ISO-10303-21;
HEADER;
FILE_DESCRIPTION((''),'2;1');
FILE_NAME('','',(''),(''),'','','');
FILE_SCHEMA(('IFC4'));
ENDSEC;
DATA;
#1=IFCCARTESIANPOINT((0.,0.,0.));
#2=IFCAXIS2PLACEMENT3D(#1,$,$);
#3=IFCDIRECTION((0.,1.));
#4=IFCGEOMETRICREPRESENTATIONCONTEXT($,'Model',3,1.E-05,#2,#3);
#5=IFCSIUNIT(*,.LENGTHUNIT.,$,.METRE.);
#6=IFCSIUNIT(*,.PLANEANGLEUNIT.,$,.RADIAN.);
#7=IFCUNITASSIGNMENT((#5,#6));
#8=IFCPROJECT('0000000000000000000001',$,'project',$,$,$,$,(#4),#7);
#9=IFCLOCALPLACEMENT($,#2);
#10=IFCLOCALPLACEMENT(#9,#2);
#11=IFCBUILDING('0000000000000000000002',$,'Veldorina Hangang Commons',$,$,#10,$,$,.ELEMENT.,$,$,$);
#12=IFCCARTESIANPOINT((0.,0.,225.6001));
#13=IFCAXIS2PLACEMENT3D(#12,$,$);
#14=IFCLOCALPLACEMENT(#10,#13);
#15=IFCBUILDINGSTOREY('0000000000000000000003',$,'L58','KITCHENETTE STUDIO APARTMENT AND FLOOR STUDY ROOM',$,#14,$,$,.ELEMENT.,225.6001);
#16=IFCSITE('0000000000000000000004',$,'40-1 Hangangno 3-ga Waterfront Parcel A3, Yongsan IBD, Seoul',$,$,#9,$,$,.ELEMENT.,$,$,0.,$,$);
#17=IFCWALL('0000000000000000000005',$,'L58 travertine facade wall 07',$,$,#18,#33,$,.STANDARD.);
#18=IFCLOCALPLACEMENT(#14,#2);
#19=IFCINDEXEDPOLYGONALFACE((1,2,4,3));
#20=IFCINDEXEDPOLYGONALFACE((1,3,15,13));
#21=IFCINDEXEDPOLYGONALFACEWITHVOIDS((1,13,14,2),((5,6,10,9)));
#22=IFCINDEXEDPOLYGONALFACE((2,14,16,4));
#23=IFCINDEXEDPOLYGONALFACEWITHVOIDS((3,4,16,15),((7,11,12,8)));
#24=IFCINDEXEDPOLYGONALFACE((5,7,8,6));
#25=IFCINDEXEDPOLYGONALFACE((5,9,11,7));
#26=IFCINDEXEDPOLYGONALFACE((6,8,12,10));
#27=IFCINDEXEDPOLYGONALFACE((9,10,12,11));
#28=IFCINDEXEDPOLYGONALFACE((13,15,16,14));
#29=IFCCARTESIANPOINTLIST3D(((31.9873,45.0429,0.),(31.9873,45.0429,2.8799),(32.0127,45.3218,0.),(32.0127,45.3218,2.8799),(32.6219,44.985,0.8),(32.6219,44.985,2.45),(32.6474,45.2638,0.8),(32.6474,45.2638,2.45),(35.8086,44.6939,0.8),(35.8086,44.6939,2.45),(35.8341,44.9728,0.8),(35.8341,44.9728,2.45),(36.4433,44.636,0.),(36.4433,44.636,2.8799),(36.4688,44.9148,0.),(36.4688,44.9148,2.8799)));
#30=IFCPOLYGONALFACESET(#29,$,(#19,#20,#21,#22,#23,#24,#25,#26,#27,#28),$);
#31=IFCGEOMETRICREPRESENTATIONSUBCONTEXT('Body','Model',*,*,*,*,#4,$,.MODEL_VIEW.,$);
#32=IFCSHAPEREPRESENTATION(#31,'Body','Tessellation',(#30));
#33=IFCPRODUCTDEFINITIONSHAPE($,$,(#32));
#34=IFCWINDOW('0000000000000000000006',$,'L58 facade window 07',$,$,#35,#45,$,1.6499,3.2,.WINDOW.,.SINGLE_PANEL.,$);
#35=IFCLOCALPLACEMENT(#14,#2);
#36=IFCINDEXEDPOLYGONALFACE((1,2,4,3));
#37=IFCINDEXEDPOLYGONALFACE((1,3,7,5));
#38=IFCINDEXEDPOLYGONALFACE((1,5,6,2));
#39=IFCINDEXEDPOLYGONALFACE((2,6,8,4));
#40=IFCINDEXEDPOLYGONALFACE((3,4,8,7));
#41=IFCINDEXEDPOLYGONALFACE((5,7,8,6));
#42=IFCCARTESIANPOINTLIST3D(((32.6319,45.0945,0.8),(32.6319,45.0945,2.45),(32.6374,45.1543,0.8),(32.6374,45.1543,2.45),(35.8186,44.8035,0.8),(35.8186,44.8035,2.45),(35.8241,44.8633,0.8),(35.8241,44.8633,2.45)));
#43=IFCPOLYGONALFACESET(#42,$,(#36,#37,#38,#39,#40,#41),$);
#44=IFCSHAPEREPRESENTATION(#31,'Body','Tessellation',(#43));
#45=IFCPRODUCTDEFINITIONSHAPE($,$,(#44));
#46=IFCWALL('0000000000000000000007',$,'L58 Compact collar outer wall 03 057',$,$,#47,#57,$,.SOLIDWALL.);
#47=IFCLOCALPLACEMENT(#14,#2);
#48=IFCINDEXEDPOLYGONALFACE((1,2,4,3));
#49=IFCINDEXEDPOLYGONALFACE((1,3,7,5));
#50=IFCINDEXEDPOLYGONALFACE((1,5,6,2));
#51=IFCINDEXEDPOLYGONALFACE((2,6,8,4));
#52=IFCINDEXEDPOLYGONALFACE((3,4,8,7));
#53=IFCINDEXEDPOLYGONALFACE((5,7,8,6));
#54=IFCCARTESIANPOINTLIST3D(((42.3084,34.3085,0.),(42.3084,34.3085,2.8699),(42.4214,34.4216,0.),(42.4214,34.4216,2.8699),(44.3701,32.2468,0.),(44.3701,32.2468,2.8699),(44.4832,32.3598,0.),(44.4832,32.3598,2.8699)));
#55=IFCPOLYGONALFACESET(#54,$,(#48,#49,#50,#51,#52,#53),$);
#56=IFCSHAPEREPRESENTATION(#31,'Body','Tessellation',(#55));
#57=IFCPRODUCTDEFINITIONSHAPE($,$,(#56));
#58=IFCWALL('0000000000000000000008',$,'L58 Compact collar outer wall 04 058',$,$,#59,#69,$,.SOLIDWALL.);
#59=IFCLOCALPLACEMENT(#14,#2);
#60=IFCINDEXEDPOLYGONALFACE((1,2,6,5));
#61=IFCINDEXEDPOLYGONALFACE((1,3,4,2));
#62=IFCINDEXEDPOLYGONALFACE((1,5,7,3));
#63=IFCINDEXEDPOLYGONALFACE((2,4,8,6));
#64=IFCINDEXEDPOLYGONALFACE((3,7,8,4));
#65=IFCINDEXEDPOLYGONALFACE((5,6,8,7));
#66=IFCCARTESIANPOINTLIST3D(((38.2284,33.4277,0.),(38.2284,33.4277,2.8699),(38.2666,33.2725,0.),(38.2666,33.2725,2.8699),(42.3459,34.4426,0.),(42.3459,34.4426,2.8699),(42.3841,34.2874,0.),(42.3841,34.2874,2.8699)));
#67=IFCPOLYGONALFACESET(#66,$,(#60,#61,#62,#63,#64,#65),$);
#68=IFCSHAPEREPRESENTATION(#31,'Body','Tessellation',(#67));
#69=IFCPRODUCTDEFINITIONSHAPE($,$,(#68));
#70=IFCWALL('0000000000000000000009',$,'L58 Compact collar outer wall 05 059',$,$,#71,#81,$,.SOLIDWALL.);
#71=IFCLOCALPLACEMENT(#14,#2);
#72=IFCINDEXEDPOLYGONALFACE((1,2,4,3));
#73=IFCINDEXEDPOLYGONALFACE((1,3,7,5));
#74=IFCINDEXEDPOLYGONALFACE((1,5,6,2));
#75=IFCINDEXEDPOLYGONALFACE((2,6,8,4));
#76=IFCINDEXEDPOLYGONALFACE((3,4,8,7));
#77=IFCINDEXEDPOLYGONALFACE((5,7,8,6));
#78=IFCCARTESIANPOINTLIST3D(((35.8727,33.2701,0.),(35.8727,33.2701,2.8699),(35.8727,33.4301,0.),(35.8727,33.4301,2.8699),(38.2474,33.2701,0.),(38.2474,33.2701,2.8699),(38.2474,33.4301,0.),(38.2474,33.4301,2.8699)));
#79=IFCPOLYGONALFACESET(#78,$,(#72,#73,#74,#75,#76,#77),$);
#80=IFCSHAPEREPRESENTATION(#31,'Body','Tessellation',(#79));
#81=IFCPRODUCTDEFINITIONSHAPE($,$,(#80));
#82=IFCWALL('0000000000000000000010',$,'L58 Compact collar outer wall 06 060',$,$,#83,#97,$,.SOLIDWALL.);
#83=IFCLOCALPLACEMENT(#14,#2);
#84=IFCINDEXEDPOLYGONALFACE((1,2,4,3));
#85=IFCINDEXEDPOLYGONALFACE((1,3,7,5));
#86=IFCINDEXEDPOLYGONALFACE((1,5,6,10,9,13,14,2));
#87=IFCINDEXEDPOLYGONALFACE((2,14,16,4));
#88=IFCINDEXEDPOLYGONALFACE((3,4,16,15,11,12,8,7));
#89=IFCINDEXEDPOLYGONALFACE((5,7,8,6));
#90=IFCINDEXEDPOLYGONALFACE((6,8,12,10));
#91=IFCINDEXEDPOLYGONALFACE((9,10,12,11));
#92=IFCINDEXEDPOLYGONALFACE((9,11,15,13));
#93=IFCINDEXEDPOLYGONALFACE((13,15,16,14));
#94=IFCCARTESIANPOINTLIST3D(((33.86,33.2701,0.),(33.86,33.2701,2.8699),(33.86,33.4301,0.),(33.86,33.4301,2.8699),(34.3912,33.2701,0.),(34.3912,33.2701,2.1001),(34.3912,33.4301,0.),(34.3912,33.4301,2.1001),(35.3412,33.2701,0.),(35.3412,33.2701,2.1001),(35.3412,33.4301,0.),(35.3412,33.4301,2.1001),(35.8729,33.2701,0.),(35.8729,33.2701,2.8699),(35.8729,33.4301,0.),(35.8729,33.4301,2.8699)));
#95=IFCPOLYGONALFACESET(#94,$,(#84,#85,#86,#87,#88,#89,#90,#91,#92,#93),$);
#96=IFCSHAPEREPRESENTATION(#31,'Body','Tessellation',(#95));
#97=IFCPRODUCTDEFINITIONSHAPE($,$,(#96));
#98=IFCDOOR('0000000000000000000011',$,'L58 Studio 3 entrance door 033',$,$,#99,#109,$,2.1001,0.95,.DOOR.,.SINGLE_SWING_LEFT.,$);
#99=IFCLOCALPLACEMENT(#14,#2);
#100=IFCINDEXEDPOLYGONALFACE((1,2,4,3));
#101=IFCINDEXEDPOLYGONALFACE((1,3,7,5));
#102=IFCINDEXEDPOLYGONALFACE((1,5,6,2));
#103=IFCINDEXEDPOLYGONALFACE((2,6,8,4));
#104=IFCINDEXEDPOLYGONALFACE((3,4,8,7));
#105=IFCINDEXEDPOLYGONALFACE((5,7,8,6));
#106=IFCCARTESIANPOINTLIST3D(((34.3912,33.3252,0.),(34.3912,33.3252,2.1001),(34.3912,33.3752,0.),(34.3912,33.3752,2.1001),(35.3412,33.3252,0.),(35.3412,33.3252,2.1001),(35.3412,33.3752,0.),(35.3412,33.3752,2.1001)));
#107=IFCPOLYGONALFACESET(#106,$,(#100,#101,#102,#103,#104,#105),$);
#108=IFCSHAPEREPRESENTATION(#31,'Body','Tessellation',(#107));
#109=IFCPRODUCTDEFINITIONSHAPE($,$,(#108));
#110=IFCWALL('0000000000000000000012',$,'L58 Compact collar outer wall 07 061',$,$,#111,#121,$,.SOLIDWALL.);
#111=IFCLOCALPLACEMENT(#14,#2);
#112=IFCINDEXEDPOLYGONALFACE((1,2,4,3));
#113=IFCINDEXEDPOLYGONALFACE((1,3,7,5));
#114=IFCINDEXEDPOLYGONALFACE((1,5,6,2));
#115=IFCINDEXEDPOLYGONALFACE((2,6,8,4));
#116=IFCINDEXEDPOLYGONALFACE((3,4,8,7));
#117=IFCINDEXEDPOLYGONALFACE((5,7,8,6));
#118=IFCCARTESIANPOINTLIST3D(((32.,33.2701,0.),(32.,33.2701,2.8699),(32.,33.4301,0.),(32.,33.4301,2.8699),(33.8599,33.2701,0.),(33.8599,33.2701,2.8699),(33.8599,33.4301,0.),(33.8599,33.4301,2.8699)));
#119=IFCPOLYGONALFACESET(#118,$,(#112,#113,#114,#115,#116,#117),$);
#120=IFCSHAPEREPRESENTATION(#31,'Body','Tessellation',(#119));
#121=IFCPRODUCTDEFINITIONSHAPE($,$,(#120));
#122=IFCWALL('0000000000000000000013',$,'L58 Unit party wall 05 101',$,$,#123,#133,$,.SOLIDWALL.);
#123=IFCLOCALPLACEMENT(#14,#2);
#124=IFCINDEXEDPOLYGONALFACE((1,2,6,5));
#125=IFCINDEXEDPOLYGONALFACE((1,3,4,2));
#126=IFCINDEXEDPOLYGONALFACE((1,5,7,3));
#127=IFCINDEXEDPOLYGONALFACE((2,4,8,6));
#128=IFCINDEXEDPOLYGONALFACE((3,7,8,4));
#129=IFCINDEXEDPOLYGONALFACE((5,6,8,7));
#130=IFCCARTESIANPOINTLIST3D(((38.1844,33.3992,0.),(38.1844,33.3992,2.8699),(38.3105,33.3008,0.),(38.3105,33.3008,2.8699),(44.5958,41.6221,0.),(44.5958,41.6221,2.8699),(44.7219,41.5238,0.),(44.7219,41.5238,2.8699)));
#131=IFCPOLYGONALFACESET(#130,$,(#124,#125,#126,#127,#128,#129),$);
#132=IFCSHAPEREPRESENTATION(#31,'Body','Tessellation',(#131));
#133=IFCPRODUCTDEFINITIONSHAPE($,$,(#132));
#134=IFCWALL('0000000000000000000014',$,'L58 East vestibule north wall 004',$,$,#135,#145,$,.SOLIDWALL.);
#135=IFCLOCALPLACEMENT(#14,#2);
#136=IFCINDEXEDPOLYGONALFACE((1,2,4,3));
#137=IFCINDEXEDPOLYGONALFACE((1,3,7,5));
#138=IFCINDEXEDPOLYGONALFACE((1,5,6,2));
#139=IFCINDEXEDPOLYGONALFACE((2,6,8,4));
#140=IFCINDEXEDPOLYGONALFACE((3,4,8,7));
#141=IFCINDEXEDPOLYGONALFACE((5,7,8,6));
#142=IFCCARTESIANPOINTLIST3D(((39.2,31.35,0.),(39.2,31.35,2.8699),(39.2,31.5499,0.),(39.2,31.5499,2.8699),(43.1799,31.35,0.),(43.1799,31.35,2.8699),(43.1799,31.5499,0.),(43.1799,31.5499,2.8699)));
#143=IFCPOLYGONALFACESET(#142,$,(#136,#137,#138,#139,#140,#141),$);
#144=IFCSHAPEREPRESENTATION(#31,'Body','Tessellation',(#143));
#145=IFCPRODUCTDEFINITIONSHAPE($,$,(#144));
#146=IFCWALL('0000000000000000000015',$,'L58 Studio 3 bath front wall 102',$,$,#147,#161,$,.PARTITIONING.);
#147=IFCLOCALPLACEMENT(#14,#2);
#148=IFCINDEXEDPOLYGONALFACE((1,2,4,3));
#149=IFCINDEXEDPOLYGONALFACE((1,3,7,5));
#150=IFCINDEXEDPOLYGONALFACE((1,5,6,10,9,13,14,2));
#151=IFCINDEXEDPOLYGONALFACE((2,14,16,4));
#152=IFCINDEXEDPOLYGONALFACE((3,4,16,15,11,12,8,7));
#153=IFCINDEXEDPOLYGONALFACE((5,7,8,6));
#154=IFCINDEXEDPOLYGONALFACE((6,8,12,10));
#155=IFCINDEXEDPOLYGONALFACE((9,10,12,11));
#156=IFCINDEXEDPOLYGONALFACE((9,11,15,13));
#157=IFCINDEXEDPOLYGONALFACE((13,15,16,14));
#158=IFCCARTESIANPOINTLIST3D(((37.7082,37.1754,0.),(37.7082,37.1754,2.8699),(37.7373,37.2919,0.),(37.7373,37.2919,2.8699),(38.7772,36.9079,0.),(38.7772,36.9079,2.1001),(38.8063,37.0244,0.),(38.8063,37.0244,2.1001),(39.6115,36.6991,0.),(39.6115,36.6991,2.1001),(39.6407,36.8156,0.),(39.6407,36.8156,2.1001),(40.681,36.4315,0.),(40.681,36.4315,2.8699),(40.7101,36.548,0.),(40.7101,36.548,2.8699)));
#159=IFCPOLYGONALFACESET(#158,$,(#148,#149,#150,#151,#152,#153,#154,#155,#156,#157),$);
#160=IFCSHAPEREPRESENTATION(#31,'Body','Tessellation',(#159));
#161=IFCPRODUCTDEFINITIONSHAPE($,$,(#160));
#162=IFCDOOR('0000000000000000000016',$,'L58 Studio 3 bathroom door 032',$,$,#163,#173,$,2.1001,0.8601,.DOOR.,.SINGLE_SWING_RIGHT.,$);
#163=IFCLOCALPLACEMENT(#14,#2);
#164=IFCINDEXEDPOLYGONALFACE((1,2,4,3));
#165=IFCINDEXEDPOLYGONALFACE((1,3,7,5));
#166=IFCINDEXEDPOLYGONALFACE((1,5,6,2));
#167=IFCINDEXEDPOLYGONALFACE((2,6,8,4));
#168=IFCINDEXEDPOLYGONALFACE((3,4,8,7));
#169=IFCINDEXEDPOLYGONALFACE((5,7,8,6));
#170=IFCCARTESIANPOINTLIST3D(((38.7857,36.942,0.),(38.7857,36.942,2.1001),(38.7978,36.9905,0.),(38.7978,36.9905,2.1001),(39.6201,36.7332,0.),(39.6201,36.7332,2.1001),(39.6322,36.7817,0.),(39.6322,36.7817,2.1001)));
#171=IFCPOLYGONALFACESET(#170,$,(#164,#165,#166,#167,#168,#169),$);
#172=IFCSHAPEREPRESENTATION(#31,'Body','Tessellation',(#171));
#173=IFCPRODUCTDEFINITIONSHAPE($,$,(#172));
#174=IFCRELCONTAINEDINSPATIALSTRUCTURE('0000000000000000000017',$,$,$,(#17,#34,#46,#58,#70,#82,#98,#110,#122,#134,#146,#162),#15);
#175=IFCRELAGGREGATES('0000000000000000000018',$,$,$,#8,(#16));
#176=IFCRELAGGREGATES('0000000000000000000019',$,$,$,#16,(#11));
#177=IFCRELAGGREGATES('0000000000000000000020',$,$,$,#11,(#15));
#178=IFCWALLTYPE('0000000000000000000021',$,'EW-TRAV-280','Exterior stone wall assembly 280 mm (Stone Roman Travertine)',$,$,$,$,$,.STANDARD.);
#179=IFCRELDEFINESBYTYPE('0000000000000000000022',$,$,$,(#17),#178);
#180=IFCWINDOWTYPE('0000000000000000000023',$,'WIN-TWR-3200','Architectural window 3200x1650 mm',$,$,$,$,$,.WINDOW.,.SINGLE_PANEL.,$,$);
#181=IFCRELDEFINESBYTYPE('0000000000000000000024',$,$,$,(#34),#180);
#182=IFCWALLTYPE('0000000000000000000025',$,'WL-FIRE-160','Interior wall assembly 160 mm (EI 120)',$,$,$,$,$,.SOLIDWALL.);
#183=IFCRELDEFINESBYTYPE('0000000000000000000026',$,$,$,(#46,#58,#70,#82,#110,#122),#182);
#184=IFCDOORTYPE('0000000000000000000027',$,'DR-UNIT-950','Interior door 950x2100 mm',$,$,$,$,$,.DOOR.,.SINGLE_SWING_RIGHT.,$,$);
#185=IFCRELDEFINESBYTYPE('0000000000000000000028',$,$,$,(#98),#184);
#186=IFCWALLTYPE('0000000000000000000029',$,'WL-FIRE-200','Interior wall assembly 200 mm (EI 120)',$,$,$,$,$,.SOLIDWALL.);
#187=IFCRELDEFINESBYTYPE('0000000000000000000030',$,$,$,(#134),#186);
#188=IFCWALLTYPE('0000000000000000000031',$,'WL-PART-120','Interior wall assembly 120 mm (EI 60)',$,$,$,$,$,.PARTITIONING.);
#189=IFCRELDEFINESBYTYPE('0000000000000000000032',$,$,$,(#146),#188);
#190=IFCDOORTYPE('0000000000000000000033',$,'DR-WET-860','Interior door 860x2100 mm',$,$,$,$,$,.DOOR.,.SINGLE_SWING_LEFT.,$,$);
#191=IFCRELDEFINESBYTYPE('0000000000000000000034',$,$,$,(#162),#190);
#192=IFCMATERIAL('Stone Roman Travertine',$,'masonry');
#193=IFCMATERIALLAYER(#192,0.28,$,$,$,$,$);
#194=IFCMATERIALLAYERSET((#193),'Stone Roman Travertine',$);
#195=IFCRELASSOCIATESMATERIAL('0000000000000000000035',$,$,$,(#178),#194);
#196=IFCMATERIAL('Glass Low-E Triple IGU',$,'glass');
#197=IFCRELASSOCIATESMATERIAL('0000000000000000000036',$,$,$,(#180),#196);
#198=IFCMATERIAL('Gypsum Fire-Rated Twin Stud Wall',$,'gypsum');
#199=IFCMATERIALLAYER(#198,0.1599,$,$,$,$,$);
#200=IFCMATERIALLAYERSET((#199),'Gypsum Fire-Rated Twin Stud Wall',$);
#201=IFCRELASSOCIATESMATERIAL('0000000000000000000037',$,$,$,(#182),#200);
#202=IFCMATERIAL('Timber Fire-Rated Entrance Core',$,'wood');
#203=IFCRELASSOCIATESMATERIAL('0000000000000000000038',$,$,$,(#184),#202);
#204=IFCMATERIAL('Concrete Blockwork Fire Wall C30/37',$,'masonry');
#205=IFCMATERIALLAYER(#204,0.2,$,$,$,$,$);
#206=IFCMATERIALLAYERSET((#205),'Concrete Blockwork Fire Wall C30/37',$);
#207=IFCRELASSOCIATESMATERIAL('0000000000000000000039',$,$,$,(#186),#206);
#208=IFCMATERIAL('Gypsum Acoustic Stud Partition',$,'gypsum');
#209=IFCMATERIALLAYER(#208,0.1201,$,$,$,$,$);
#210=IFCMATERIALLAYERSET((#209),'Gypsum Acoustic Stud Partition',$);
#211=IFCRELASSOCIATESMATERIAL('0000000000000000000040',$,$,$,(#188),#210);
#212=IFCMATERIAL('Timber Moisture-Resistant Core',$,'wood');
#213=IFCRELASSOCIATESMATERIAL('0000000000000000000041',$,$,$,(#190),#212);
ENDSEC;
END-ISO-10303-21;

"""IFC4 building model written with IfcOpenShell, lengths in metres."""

from ifc_helpers import new_model, si_unit, direction, frame, frame_2d, origin, place, context, subcontext, project, spatial, rectangle, extrude, material, layer, layer_set, type_object, element, fill, save


model = new_model("IFC4")

# Units and contexts
model_context = context("Model", 3, precision=1e-05, world=origin(), true_north=direction((0.0, 1.0)))
body_context = subcontext(model_context, "Body", "Model", "MODEL_VIEW")
ifc_project = project(units=[si_unit("LENGTHUNIT", "METRE"), si_unit("PLANEANGLEUNIT", "RADIAN")], contexts=[model_context])

# Site, building, storey
site_placement = place(None, origin())
site = spatial("IfcSite", under=ifc_project, at=site_placement, Name="40-1 Hangangno 3-ga Waterfront Parcel A3, Yongsan IBD, Seoul", CompositionType="ELEMENT", RefElevation=0.0)
building_placement = place(site_placement, origin())
building = spatial("IfcBuilding", under=site, at=building_placement, Name="Veldorina Hangang Commons", CompositionType="ELEMENT")
storey_placement = place(building_placement, frame((0.0, 0.0, 225.6001)))
storey = spatial("IfcBuildingStorey", under=building, at=storey_placement, Name="L58", Description="KITCHENETTE STUDIO APARTMENT AND FLOOR STUDY ROOM", CompositionType="ELEMENT", Elevation=225.6001)

# Shared definitions
ifc_material_1 = material(Name="Stone Roman Travertine", Category="masonry")
ifc_layer_1 = layer(ifc_material_1, 0.28)
ifc_layer_set_1 = layer_set([ifc_layer_1], Name="Stone Roman Travertine")
wall_type_1 = type_object("IfcWallType", Name="EW-TRAV-280", Description="Exterior stone wall assembly 280 mm (Stone Roman Travertine)", PredefinedType="STANDARD", material=ifc_layer_set_1)

# Wall, opening, window
wall_1_placement = place(storey_placement, frame((36.4561, 44.7754, 0.0), z_axis=(0.0, 0.0, 1.0), x_axis=(-0.995855, 0.090954, 0.0)))
wall_1 = element("IfcWall", 1, at=wall_1_placement, inside=storey, type_object=wall_type_1, Name="L58 travertine facade wall 07", PredefinedType="STANDARD", context=body_context, shape_type="SweptSolid", body=[
    extrude(rectangle(XDim=4.4746, YDim=0.28, at=frame_2d((2.2373, 0.0))), origin(), (0.0, 0.0, 1.0), 2.8799),
])
opening_1_placement = place(wall_1_placement, frame((0.6372, 0.0, 0.8)))
opening_1 = element("IfcOpeningElement", 2, at=opening_1_placement, cuts=wall_1, PredefinedType="OPENING", context=body_context, shape_type="SweptSolid", body=[
    extrude(rectangle(XDim=3.2, YDim=1.6499, at=frame_2d((1.6001, 0.825))), frame((0.0, 0.1499, 0.0), z_axis=(0.0, -1.0, 0.0), x_axis=(1.0, 0.0, 0.0)), (0.0, 0.0, 1.0), 0.3),
])
ifc_material_2 = material(Name="Glass Low-E Triple IGU", Category="glass")
window_type = type_object("IfcWindowType", Name="WIN-TWR-3200", Description="Architectural window 3200x1650 mm", PartitioningType="SINGLE_PANEL", PredefinedType="WINDOW", material=ifc_material_2)
window_placement = place(opening_1_placement, origin())
window = element("IfcWindow", 3, at=window_placement, inside=storey, type_object=window_type, Name="L58 facade window 07", OverallHeight=1.6499, OverallWidth=3.2, PartitioningType="SINGLE_PANEL", PredefinedType="WINDOW", context=body_context, shape_type="SweptSolid", body=[
    extrude(rectangle(XDim=3.2, YDim=1.6499, at=frame_2d((1.6001, 0.825))), frame((0.0, 0.03, 0.0), z_axis=(0.0, -1.0, 0.0), x_axis=(1.0, 0.0, 0.0)), (0.0, 0.0, 1.0), 0.0601),
])
fill(opening_1, window)

# Walls
ifc_material_3 = material(Name="Gypsum Fire-Rated Twin Stud Wall", Category="gypsum")
ifc_layer_2 = layer(ifc_material_3, 0.1599)
ifc_layer_set_2 = layer_set([ifc_layer_2], Name="Gypsum Fire-Rated Twin Stud Wall")
wall_type_2 = type_object("IfcWallType", Name="WL-FIRE-160", Description="Interior wall assembly 160 mm (EI 120)", PredefinedType="SOLIDWALL", material=ifc_layer_set_2)
wall_2_placement = place(storey_placement, frame((44.4268, 32.3032, 0.0), z_axis=(0.0, 0.0, 1.0), x_axis=(-0.707107, 0.707107, 0.0)))
element("IfcWall", 4, at=wall_2_placement, inside=storey, type_object=wall_type_2, Name="L58 Compact collar outer wall 03 057", PredefinedType="SOLIDWALL", context=body_context, shape_type="SweptSolid", body=[
    extrude(rectangle(XDim=2.9158, YDim=0.1599, at=frame_2d((1.458, 0.0))), origin(), (0.0, 0.0, 1.0), 2.8699),
])
wall_3_placement = place(storey_placement, frame((42.365, 34.365, 0.0), z_axis=(0.0, 0.0, 1.0), x_axis=(-0.97094, -0.239324, 0.0)))
element("IfcWall", 5, at=wall_3_placement, inside=storey, type_object=wall_type_2, Name="L58 Compact collar outer wall 04 058", PredefinedType="SOLIDWALL", context=body_context, shape_type="SweptSolid", body=[
    extrude(rectangle(XDim=4.2407, YDim=0.1599, at=frame_2d((2.1204, 0.0))), origin(), (0.0, 0.0, 1.0), 2.8699),
])
wall_4_placement = place(storey_placement, frame((38.2476, 33.3501, 0.0), z_axis=(0.0, 0.0, 1.0), x_axis=(-1.0, 0.0, 0.0)))
element("IfcWall", 6, at=wall_4_placement, inside=storey, type_object=wall_type_2, Name="L58 Compact collar outer wall 05 059", PredefinedType="SOLIDWALL", context=body_context, shape_type="SweptSolid", body=[
    extrude(rectangle(XDim=2.3748, YDim=0.1599, at=frame_2d((1.1875, 0.0))), origin(), (0.0, 0.0, 1.0), 2.8699),
])

# Wall, opening, door
wall_5_placement = place(storey_placement, frame((35.8728, 33.3501, 0.0), z_axis=(0.0, 0.0, 1.0), x_axis=(-1.0, 0.0, 0.0)))
wall_5 = element("IfcWall", 7, at=wall_5_placement, inside=storey, type_object=wall_type_2, Name="L58 Compact collar outer wall 06 060", PredefinedType="SOLIDWALL", context=body_context, shape_type="SweptSolid", body=[
    extrude(rectangle(XDim=2.0129, YDim=0.1599, at=frame_2d((1.0063, 0.0))), origin(), (0.0, 0.0, 1.0), 2.8699),
])
opening_2_placement = place(wall_5_placement, frame((0.5315, 0.0, 0.0)))
opening_2 = element("IfcOpeningElement", 8, at=opening_2_placement, cuts=wall_5, PredefinedType="OPENING", context=body_context, shape_type="SweptSolid", body=[
    extrude(rectangle(XDim=0.95, YDim=2.1001, at=frame_2d((0.4751, 1.05))), frame((0.0, 0.0898, 0.0), z_axis=(0.0, -1.0, 0.0), x_axis=(1.0, 0.0, 0.0)), (0.0, 0.0, 1.0), 0.1799),
])
ifc_material_4 = material(Name="Timber Fire-Rated Entrance Core", Category="wood")
door_type_1 = type_object("IfcDoorType", Name="DR-UNIT-950", Description="Interior door 950x2100 mm", OperationType="SINGLE_SWING_RIGHT", PredefinedType="DOOR", material=ifc_material_4)
door_1_placement = place(opening_2_placement, origin())
door_1 = element("IfcDoor", 9, at=door_1_placement, inside=storey, type_object=door_type_1, Name="L58 Studio 3 entrance door 033", OperationType="SINGLE_SWING_LEFT", OverallHeight=2.1001, OverallWidth=0.95, PredefinedType="DOOR", context=body_context, shape_type="SweptSolid", body=[
    extrude(rectangle(XDim=0.95, YDim=2.1001, at=frame_2d((0.4751, 1.05))), frame((0.0, 0.0249, 0.0), z_axis=(0.0, -1.0, 0.0), x_axis=(1.0, 0.0, 0.0)), (0.0, 0.0, 1.0), 0.05),
])
fill(opening_2, door_1)

# Walls
wall_6_placement = place(storey_placement, frame((33.8599, 33.3501, 0.0), z_axis=(0.0, 0.0, 1.0), x_axis=(-1.0, 0.0, 0.0)))
element("IfcWall", 10, at=wall_6_placement, inside=storey, type_object=wall_type_2, Name="L58 Compact collar outer wall 07 061", PredefinedType="SOLIDWALL", context=body_context, shape_type="SweptSolid", body=[
    extrude(rectangle(XDim=1.8599, YDim=0.1599, at=frame_2d((0.9299, 0.0))), origin(), (0.0, 0.0, 1.0), 2.8699),
])
wall_7_placement = place(storey_placement, frame((38.2476, 33.3501, 0.0), z_axis=(0.0, 0.0, 1.0), x_axis=(0.614884, 0.788618, 0.0)))
element("IfcWall", 11, at=wall_7_placement, inside=storey, type_object=wall_type_2, Name="L58 Unit party wall 05 101", PredefinedType="SOLIDWALL", context=body_context, shape_type="SweptSolid", body=[
    extrude(rectangle(XDim=10.427, YDim=0.1599, at=frame_2d((5.2134, 0.0))), origin(), (0.0, 0.0, 1.0), 2.8699),
])
ifc_material_5 = material(Name="Concrete Blockwork Fire Wall C30/37", Category="masonry")
ifc_layer_3 = layer(ifc_material_5, 0.2)
ifc_layer_set_3 = layer_set([ifc_layer_3], Name="Concrete Blockwork Fire Wall C30/37")
wall_type_3 = type_object("IfcWallType", Name="WL-FIRE-200", Description="Interior wall assembly 200 mm (EI 120)", PredefinedType="SOLIDWALL", material=ifc_layer_set_3)
wall_8_placement = place(storey_placement, frame((39.2, 31.45, 0.0), z_axis=(0.0, 0.0, 1.0), x_axis=(1.0, 0.0, 0.0)))
element("IfcWall", 12, at=wall_8_placement, inside=storey, type_object=wall_type_3, Name="L58 East vestibule north wall 004", PredefinedType="SOLIDWALL", context=body_context, shape_type="SweptSolid", body=[
    extrude(rectangle(XDim=3.98, YDim=0.2, at=frame_2d((1.99, 0.0))), origin(), (0.0, 0.0, 1.0), 2.8699),
])

# Wall, opening, door
ifc_material_6 = material(Name="Gypsum Acoustic Stud Partition", Category="gypsum")
ifc_layer_4 = layer(ifc_material_6, 0.1201)
ifc_layer_set_4 = layer_set([ifc_layer_4], Name="Gypsum Acoustic Stud Partition")
wall_type_4 = type_object("IfcWallType", Name="WL-PART-120", Description="Interior wall assembly 120 mm (EI 60)", PredefinedType="PARTITIONING", material=ifc_layer_set_4)
wall_9_placement = place(storey_placement, frame((40.6956, 36.4897, 0.0), z_axis=(0.0, 0.0, 1.0), x_axis=(-0.970091, 0.242742, 0.0)))
wall_9 = element("IfcWall", 13, at=wall_9_placement, inside=storey, type_object=wall_type_4, Name="L58 Studio 3 bath front wall 102", PredefinedType="PARTITIONING", context=body_context, shape_type="SweptSolid", body=[
    extrude(rectangle(XDim=3.0645, YDim=0.1201, at=frame_2d((1.5322, 0.0))), origin(), (0.0, 0.0, 1.0), 2.8699),
])
opening_3_placement = place(wall_9_placement, frame((1.1023, 0.0, 0.0)))
opening_3 = element("IfcOpeningElement", 14, at=opening_3_placement, cuts=wall_9, PredefinedType="OPENING", context=body_context, shape_type="SweptSolid", body=[
    extrude(rectangle(XDim=0.8601, YDim=2.1001, at=frame_2d((0.4302, 1.05))), frame((0.0, 0.0701, 0.0), z_axis=(0.0, -1.0, 0.0), x_axis=(1.0, 0.0, 0.0)), (0.0, 0.0, 1.0), 0.1401),
])
ifc_material_7 = material(Name="Timber Moisture-Resistant Core", Category="wood")
door_type_2 = type_object("IfcDoorType", Name="DR-WET-860", Description="Interior door 860x2100 mm", OperationType="SINGLE_SWING_LEFT", PredefinedType="DOOR", material=ifc_material_7)
door_2_placement = place(opening_3_placement, origin())
door_2 = element("IfcDoor", 15, at=door_2_placement, inside=storey, type_object=door_type_2, Name="L58 Studio 3 bathroom door 032", OperationType="SINGLE_SWING_RIGHT", OverallHeight=2.1001, OverallWidth=0.8601, PredefinedType="DOOR", context=body_context, shape_type="SweptSolid", body=[
    extrude(rectangle(XDim=0.8601, YDim=2.1001, at=frame_2d((0.4302, 1.05))), frame((0.0, 0.0249, 0.0), z_axis=(0.0, -1.0, 0.0), x_axis=(1.0, 0.0, 0.0)), (0.0, 0.0, 1.0), 0.05),
])
fill(opening_3, door_2)

save(model, "model.ifc")
